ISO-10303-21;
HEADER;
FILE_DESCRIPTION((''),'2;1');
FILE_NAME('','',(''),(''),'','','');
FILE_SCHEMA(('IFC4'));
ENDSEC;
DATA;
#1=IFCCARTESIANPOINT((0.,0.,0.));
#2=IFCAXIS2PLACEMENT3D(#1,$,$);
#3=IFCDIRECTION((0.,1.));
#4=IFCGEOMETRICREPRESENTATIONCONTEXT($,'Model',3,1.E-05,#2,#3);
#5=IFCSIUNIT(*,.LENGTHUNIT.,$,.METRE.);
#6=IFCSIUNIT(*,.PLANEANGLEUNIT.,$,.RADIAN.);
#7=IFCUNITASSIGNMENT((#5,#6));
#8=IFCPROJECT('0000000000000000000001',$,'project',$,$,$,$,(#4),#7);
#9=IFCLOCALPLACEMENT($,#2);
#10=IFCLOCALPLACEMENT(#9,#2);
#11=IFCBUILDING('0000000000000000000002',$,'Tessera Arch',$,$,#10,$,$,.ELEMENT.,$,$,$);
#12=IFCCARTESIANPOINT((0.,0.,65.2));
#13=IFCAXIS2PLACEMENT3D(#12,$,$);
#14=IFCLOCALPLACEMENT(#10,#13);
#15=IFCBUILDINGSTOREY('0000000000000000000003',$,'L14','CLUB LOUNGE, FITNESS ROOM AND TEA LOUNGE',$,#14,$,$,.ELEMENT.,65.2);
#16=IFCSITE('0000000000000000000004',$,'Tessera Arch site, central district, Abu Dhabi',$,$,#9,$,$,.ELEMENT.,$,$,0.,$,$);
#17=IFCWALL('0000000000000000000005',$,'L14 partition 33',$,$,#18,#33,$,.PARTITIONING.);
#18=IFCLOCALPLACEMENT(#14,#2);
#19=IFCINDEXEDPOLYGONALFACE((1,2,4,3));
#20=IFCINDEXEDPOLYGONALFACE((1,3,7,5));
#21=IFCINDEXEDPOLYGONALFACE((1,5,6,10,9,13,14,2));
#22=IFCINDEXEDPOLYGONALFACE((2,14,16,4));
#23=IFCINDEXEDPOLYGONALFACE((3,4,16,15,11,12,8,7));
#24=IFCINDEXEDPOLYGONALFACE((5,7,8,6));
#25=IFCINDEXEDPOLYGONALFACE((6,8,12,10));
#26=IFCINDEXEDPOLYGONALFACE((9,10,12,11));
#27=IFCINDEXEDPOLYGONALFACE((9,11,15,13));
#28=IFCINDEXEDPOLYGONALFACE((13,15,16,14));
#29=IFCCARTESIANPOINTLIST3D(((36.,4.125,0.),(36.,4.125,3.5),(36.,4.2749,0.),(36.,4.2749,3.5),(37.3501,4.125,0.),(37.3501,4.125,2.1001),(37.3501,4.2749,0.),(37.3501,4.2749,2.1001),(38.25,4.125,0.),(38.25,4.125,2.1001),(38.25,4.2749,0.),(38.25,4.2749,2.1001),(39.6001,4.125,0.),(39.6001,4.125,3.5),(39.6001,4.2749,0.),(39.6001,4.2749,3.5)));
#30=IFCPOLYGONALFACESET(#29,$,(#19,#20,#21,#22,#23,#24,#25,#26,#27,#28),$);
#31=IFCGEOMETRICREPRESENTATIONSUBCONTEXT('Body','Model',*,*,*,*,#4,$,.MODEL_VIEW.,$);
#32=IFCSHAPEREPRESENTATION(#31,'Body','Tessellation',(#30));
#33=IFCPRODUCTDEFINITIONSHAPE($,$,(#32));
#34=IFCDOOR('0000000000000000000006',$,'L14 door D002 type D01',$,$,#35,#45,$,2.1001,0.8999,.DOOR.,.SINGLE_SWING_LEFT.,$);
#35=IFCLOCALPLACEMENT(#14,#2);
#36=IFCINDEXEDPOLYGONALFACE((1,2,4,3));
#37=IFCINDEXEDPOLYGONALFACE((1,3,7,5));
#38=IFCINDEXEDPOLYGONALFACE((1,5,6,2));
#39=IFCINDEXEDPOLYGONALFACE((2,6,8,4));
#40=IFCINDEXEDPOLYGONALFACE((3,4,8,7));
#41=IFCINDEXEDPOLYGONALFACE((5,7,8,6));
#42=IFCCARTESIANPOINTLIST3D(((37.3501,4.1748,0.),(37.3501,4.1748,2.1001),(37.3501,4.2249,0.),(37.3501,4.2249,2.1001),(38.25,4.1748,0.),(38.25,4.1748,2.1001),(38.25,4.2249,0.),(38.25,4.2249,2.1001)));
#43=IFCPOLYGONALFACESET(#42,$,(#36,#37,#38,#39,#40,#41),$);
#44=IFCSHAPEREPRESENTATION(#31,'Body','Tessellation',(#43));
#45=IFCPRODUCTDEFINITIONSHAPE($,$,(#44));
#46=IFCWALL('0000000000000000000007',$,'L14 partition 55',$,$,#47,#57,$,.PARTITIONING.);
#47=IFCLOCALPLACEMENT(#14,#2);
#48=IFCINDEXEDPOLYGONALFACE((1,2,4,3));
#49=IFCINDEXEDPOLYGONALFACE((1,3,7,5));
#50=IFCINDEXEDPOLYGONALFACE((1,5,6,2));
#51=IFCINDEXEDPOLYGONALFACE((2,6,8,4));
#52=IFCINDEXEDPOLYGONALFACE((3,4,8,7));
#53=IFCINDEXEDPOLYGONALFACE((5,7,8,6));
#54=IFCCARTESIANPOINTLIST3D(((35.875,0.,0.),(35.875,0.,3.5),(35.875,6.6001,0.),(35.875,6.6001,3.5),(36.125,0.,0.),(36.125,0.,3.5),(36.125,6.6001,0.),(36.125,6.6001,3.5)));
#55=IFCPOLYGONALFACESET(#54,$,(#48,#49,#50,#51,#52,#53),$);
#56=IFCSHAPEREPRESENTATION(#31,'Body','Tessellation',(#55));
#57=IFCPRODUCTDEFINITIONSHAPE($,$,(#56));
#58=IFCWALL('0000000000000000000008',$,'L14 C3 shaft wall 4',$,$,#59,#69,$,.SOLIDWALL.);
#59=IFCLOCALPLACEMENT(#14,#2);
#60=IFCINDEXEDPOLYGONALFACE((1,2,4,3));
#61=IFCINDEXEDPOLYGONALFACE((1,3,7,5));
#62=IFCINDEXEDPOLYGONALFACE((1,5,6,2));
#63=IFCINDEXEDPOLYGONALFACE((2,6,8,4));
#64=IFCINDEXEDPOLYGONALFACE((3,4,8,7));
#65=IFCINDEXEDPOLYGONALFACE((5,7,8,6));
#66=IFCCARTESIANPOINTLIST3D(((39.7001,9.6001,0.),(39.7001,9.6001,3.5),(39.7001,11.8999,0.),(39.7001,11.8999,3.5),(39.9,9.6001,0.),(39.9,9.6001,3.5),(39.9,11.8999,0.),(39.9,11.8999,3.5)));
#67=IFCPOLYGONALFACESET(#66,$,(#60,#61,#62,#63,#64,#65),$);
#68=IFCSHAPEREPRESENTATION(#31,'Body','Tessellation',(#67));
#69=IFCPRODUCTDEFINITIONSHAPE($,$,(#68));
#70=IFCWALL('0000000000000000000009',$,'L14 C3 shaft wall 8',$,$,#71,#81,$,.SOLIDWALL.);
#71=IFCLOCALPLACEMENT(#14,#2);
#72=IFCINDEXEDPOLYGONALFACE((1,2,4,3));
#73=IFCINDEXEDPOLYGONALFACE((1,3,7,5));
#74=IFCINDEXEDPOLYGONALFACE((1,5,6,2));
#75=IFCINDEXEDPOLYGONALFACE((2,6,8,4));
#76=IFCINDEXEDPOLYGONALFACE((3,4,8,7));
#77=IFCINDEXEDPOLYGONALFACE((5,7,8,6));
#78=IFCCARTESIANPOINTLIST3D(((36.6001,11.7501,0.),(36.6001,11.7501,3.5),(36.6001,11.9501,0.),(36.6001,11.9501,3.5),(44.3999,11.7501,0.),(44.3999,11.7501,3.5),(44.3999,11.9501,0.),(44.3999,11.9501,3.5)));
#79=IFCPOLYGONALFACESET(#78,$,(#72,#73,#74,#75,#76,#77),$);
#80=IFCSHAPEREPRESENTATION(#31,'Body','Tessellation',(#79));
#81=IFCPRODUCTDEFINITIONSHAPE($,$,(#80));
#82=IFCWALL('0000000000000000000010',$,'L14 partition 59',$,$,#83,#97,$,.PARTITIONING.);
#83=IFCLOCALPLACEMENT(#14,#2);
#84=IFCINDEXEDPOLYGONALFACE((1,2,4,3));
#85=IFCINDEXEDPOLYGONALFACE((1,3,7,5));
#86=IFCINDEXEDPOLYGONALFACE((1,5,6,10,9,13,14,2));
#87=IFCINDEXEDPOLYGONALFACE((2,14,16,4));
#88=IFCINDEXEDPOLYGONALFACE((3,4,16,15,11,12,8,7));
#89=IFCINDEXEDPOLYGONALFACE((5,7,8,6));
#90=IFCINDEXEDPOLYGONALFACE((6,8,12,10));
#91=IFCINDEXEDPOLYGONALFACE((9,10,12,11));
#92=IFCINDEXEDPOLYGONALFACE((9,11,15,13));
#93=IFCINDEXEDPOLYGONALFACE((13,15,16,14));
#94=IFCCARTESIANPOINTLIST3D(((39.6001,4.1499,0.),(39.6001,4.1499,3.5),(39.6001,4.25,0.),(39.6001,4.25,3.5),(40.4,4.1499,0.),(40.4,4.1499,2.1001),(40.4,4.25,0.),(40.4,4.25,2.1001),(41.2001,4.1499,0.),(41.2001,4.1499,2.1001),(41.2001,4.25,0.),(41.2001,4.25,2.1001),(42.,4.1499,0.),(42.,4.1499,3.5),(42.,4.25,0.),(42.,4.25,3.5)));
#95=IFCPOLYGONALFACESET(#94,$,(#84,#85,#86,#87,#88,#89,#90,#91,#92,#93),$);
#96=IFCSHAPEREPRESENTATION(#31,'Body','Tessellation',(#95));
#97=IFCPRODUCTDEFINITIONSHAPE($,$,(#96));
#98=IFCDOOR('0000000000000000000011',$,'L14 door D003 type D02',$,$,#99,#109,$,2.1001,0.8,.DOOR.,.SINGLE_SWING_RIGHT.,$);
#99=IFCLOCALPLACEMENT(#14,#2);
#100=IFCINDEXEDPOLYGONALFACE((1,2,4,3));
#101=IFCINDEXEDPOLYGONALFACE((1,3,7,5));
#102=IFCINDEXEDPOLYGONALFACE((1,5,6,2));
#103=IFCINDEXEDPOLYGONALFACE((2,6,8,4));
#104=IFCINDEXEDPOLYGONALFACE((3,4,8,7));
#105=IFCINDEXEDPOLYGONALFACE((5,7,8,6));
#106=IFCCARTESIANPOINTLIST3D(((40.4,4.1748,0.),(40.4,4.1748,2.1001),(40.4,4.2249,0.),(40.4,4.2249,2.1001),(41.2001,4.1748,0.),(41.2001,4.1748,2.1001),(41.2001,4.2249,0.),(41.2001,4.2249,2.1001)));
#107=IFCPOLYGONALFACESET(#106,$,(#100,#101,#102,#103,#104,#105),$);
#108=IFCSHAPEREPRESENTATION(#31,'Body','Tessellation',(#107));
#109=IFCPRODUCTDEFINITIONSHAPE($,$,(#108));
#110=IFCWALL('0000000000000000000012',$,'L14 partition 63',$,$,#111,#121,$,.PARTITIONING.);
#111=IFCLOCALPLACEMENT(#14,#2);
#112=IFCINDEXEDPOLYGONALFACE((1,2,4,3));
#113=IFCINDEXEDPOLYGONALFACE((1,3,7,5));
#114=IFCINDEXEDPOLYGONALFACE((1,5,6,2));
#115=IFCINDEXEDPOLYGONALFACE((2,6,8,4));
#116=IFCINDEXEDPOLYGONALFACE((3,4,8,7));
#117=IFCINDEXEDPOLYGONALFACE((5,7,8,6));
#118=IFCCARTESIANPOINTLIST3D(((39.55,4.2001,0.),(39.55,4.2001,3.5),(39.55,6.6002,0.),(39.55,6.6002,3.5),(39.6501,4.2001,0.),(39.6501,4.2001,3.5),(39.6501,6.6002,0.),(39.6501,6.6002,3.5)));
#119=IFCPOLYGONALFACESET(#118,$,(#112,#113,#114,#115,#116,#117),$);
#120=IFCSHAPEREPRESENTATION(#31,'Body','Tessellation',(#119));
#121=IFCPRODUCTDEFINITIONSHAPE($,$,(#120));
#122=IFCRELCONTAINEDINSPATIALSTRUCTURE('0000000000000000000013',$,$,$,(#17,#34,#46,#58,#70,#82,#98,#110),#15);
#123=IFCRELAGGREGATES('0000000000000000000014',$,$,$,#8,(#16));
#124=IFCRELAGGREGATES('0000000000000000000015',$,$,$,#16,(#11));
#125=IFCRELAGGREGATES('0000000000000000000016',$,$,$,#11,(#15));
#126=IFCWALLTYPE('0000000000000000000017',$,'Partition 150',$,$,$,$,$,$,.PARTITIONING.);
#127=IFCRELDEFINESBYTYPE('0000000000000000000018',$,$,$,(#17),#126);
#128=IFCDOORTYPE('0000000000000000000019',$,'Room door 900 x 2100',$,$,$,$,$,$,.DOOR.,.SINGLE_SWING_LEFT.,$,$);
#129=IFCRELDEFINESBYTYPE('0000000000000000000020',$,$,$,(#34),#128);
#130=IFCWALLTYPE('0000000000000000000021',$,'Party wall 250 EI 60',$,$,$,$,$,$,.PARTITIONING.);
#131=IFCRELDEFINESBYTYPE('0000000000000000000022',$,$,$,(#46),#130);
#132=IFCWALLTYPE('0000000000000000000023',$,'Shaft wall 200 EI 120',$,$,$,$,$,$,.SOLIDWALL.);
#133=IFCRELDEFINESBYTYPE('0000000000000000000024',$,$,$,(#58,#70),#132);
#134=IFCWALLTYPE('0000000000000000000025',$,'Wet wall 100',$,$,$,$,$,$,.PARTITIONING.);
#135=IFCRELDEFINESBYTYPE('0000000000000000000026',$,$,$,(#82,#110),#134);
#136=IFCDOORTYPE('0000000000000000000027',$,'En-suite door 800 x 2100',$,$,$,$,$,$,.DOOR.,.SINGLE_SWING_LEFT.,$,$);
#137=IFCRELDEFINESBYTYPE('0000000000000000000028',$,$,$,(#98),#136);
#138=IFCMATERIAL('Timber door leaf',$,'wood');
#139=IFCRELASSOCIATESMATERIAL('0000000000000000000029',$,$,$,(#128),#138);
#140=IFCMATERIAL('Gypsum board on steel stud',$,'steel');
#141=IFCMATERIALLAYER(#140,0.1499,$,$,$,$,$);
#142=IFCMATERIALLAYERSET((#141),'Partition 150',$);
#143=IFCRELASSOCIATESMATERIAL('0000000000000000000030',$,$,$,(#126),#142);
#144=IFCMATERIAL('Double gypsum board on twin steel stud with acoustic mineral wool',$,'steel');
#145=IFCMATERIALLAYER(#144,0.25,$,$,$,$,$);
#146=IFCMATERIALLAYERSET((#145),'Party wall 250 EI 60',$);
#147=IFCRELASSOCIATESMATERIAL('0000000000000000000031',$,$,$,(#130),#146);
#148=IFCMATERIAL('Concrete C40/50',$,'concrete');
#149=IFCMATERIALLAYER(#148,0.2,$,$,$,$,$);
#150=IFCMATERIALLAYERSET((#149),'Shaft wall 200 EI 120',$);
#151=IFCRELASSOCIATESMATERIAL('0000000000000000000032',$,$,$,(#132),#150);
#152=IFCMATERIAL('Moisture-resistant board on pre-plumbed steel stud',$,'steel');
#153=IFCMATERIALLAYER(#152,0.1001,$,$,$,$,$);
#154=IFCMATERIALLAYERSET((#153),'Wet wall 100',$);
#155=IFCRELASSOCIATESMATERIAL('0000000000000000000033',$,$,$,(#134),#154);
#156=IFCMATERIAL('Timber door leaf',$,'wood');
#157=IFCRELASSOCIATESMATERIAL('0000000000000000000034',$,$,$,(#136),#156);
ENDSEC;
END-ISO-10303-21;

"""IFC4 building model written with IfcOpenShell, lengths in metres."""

from ifc_helpers import new_model, si_unit, direction, frame, frame_2d, origin, place, context, subcontext, project, spatial, rectangle, extrude, material, layer, layer_set, type_object, element, fill, save


model = new_model("IFC4")

# Units and contexts
model_context = context("Model", 3, precision=1e-05, world=origin(), true_north=direction((0.0, 1.0)))
body_context = subcontext(model_context, "Body", "Model", "MODEL_VIEW")
ifc_project = project(units=[si_unit("LENGTHUNIT", "METRE"), si_unit("PLANEANGLEUNIT", "RADIAN")], contexts=[model_context])

# Site, building, storey
site_placement = place(None, origin())
site = spatial("IfcSite", under=ifc_project, at=site_placement, Name="Tessera Arch site, central district, Abu Dhabi", CompositionType="ELEMENT", RefElevation=0.0)
building_placement = place(site_placement, origin())
building = spatial("IfcBuilding", under=site, at=building_placement, Name="Tessera Arch", CompositionType="ELEMENT")
storey_placement = place(building_placement, frame((0.0, 0.0, 65.2)))
storey = spatial("IfcBuildingStorey", under=building, at=storey_placement, Name="L14", Description="CLUB LOUNGE, FITNESS ROOM AND TEA LOUNGE", CompositionType="ELEMENT", Elevation=65.2)

# Shared definitions
ifc_material_1 = material(Name="Timber door leaf", Category="wood")
door_type_1 = type_object("IfcDoorType", Name="Room door 900 x 2100", OperationType="SINGLE_SWING_LEFT", PredefinedType="DOOR", material=ifc_material_1)

# Wall, opening, door
ifc_material_2 = material(Name="Gypsum board on steel stud", Category="steel")
ifc_layer_1 = layer(ifc_material_2, 0.1499)
ifc_layer_set_1 = layer_set([ifc_layer_1], Name="Partition 150")
wall_type_1 = type_object("IfcWallType", Name="Partition 150", PredefinedType="PARTITIONING", material=ifc_layer_set_1)
wall_1_placement = place(storey_placement, frame((36.0, 4.2, 0.0), z_axis=(0.0, 0.0, 1.0), x_axis=(1.0, 0.0, 0.0)))
wall_1 = element("IfcWall", 1, at=wall_1_placement, inside=storey, type_object=wall_type_1, Name="L14 partition 33", PredefinedType="PARTITIONING", context=body_context, shape_type="SweptSolid", body=[
    extrude(rectangle(XDim=3.6001, YDim=0.1499, at=frame_2d((1.8, 0.0))), origin(), (0.0, 0.0, 1.0), 3.5),
])
opening_1_placement = place(wall_1_placement, frame((1.3501, 0.0, 0.0)))
opening_1 = element("IfcOpeningElement", 2, at=opening_1_placement, cuts=wall_1, PredefinedType="OPENING", context=body_context, shape_type="SweptSolid", body=[
    extrude(rectangle(XDim=0.8999, YDim=2.1001, at=frame_2d((0.45, 1.05))), frame((0.0, 0.085, 0.0), z_axis=(0.0, -1.0, 0.0), x_axis=(1.0, 0.0, 0.0)), (0.0, 0.0, 1.0), 0.1699),
])
door_1_placement = place(opening_1_placement, origin())
door_1 = element("IfcDoor", 3, at=door_1_placement, inside=storey, type_object=door_type_1, Name="L14 door D002 type D01", OperationType="SINGLE_SWING_LEFT", OverallHeight=2.1001, OverallWidth=0.8999, PredefinedType="DOOR", context=body_context, shape_type="SweptSolid", body=[
    extrude(rectangle(XDim=0.8999, YDim=2.1001, at=frame_2d((0.45, 1.05))), frame((0.0, 0.0249, 0.0), z_axis=(0.0, -1.0, 0.0), x_axis=(1.0, 0.0, 0.0)), (0.0, 0.0, 1.0), 0.05),
])
fill(opening_1, door_1)

# Walls
ifc_material_3 = material(Name="Double gypsum board on twin steel stud with acoustic mineral wool", Category="steel")
ifc_layer_2 = layer(ifc_material_3, 0.25)
ifc_layer_set_2 = layer_set([ifc_layer_2], Name="Party wall 250 EI 60")
wall_type_2 = type_object("IfcWallType", Name="Party wall 250 EI 60", PredefinedType="PARTITIONING", material=ifc_layer_set_2)
wall_2_placement = place(storey_placement, frame((36.0, 0.0, 0.0), z_axis=(0.0, 0.0, 1.0), x_axis=(0.0, 1.0, 0.0)))
element("IfcWall", 4, at=wall_2_placement, inside=storey, type_object=wall_type_2, Name="L14 partition 55", PredefinedType="PARTITIONING", context=body_context, shape_type="SweptSolid", body=[
    extrude(rectangle(XDim=6.6001, YDim=0.25, at=frame_2d((3.3, 0.0))), origin(), (0.0, 0.0, 1.0), 3.5),
])
ifc_material_4 = material(Name="Concrete C40/50", Category="concrete")
ifc_layer_3 = layer(ifc_material_4, 0.2)
ifc_layer_set_3 = layer_set([ifc_layer_3], Name="Shaft wall 200 EI 120")
wall_type_3 = type_object("IfcWallType", Name="Shaft wall 200 EI 120", PredefinedType="SOLIDWALL", material=ifc_layer_set_3)
wall_3_placement = place(storey_placement, frame((39.8, 9.6001, 0.0), z_axis=(0.0, 0.0, 1.0), x_axis=(0.0, 1.0, 0.0)))
element("IfcWall", 5, at=wall_3_placement, inside=storey, type_object=wall_type_3, Name="L14 C3 shaft wall 4", PredefinedType="SOLIDWALL", context=body_context, shape_type="SweptSolid", body=[
    extrude(rectangle(XDim=2.2998, YDim=0.2, at=frame_2d((1.1499, 0.0))), origin(), (0.0, 0.0, 1.0), 3.5),
])
wall_4_placement = place(storey_placement, frame((36.6001, 11.8501, 0.0), z_axis=(0.0, 0.0, 1.0), x_axis=(1.0, 0.0, 0.0)))
element("IfcWall", 6, at=wall_4_placement, inside=storey, type_object=wall_type_3, Name="L14 C3 shaft wall 8", PredefinedType="SOLIDWALL", context=body_context, shape_type="SweptSolid", body=[
    extrude(rectangle(XDim=7.7998, YDim=0.2, at=frame_2d((3.8999, 0.0))), origin(), (0.0, 0.0, 1.0), 3.5),
])

# Wall, opening, door
ifc_material_5 = material(Name="Moisture-resistant board on pre-plumbed steel stud", Category="steel")
ifc_layer_4 = layer(ifc_material_5, 0.1001)
ifc_layer_set_4 = layer_set([ifc_layer_4], Name="Wet wall 100")
wall_type_4 = type_object("IfcWallType", Name="Wet wall 100", PredefinedType="PARTITIONING", material=ifc_layer_set_4)
wall_5_placement = place(storey_placement, frame((39.6001, 4.2, 0.0), z_axis=(0.0, 0.0, 1.0), x_axis=(1.0, 0.0, 0.0)))
wall_5 = element("IfcWall", 7, at=wall_5_placement, inside=storey, type_object=wall_type_4, Name="L14 partition 59", PredefinedType="PARTITIONING", context=body_context, shape_type="SweptSolid", body=[
    extrude(rectangle(XDim=2.3999, YDim=0.1001, at=frame_2d((1.2, 0.0))), origin(), (0.0, 0.0, 1.0), 3.5),
])
opening_2_placement = place(wall_5_placement, frame((0.8, 0.0, 0.0)))
opening_2 = element("IfcOpeningElement", 8, at=opening_2_placement, cuts=wall_5, PredefinedType="OPENING", context=body_context, shape_type="SweptSolid", body=[
    extrude(rectangle(XDim=0.8, YDim=2.1001, at=frame_2d((0.3999, 1.05))), frame((0.0, 0.0601, 0.0), z_axis=(0.0, -1.0, 0.0), x_axis=(1.0, 0.0, 0.0)), (0.0, 0.0, 1.0), 0.1201),
])
ifc_material_6 = material(Name="Timber door leaf", Category="wood")
door_type_2 = type_object("IfcDoorType", Name="En-suite door 800 x 2100", OperationType="SINGLE_SWING_LEFT", PredefinedType="DOOR", material=ifc_material_6)
door_2_placement = place(opening_2_placement, origin())
door_2 = element("IfcDoor", 9, at=door_2_placement, inside=storey, type_object=door_type_2, Name="L14 door D003 type D02", OperationType="SINGLE_SWING_RIGHT", OverallHeight=2.1001, OverallWidth=0.8, PredefinedType="DOOR", context=body_context, shape_type="SweptSolid", body=[
    extrude(rectangle(XDim=0.8, YDim=2.1001, at=frame_2d((0.3999, 1.05))), frame((0.0, 0.0249, 0.0), z_axis=(0.0, -1.0, 0.0), x_axis=(1.0, 0.0, 0.0)), (0.0, 0.0, 1.0), 0.05),
])
fill(opening_2, door_2)

# Wall
wall_6_placement = place(storey_placement, frame((39.6001, 4.2, 0.0), z_axis=(0.0, 0.0, 1.0), x_axis=(0.0, 1.0, 0.0)))
element("IfcWall", 10, at=wall_6_placement, inside=storey, type_object=wall_type_4, Name="L14 partition 63", PredefinedType="PARTITIONING", context=body_context, shape_type="SweptSolid", body=[
    extrude(rectangle(XDim=2.4001, YDim=0.1001, at=frame_2d((1.2002, 0.0))), origin(), (0.0, 0.0, 1.0), 3.5),
])

save(model, "model.ifc")
